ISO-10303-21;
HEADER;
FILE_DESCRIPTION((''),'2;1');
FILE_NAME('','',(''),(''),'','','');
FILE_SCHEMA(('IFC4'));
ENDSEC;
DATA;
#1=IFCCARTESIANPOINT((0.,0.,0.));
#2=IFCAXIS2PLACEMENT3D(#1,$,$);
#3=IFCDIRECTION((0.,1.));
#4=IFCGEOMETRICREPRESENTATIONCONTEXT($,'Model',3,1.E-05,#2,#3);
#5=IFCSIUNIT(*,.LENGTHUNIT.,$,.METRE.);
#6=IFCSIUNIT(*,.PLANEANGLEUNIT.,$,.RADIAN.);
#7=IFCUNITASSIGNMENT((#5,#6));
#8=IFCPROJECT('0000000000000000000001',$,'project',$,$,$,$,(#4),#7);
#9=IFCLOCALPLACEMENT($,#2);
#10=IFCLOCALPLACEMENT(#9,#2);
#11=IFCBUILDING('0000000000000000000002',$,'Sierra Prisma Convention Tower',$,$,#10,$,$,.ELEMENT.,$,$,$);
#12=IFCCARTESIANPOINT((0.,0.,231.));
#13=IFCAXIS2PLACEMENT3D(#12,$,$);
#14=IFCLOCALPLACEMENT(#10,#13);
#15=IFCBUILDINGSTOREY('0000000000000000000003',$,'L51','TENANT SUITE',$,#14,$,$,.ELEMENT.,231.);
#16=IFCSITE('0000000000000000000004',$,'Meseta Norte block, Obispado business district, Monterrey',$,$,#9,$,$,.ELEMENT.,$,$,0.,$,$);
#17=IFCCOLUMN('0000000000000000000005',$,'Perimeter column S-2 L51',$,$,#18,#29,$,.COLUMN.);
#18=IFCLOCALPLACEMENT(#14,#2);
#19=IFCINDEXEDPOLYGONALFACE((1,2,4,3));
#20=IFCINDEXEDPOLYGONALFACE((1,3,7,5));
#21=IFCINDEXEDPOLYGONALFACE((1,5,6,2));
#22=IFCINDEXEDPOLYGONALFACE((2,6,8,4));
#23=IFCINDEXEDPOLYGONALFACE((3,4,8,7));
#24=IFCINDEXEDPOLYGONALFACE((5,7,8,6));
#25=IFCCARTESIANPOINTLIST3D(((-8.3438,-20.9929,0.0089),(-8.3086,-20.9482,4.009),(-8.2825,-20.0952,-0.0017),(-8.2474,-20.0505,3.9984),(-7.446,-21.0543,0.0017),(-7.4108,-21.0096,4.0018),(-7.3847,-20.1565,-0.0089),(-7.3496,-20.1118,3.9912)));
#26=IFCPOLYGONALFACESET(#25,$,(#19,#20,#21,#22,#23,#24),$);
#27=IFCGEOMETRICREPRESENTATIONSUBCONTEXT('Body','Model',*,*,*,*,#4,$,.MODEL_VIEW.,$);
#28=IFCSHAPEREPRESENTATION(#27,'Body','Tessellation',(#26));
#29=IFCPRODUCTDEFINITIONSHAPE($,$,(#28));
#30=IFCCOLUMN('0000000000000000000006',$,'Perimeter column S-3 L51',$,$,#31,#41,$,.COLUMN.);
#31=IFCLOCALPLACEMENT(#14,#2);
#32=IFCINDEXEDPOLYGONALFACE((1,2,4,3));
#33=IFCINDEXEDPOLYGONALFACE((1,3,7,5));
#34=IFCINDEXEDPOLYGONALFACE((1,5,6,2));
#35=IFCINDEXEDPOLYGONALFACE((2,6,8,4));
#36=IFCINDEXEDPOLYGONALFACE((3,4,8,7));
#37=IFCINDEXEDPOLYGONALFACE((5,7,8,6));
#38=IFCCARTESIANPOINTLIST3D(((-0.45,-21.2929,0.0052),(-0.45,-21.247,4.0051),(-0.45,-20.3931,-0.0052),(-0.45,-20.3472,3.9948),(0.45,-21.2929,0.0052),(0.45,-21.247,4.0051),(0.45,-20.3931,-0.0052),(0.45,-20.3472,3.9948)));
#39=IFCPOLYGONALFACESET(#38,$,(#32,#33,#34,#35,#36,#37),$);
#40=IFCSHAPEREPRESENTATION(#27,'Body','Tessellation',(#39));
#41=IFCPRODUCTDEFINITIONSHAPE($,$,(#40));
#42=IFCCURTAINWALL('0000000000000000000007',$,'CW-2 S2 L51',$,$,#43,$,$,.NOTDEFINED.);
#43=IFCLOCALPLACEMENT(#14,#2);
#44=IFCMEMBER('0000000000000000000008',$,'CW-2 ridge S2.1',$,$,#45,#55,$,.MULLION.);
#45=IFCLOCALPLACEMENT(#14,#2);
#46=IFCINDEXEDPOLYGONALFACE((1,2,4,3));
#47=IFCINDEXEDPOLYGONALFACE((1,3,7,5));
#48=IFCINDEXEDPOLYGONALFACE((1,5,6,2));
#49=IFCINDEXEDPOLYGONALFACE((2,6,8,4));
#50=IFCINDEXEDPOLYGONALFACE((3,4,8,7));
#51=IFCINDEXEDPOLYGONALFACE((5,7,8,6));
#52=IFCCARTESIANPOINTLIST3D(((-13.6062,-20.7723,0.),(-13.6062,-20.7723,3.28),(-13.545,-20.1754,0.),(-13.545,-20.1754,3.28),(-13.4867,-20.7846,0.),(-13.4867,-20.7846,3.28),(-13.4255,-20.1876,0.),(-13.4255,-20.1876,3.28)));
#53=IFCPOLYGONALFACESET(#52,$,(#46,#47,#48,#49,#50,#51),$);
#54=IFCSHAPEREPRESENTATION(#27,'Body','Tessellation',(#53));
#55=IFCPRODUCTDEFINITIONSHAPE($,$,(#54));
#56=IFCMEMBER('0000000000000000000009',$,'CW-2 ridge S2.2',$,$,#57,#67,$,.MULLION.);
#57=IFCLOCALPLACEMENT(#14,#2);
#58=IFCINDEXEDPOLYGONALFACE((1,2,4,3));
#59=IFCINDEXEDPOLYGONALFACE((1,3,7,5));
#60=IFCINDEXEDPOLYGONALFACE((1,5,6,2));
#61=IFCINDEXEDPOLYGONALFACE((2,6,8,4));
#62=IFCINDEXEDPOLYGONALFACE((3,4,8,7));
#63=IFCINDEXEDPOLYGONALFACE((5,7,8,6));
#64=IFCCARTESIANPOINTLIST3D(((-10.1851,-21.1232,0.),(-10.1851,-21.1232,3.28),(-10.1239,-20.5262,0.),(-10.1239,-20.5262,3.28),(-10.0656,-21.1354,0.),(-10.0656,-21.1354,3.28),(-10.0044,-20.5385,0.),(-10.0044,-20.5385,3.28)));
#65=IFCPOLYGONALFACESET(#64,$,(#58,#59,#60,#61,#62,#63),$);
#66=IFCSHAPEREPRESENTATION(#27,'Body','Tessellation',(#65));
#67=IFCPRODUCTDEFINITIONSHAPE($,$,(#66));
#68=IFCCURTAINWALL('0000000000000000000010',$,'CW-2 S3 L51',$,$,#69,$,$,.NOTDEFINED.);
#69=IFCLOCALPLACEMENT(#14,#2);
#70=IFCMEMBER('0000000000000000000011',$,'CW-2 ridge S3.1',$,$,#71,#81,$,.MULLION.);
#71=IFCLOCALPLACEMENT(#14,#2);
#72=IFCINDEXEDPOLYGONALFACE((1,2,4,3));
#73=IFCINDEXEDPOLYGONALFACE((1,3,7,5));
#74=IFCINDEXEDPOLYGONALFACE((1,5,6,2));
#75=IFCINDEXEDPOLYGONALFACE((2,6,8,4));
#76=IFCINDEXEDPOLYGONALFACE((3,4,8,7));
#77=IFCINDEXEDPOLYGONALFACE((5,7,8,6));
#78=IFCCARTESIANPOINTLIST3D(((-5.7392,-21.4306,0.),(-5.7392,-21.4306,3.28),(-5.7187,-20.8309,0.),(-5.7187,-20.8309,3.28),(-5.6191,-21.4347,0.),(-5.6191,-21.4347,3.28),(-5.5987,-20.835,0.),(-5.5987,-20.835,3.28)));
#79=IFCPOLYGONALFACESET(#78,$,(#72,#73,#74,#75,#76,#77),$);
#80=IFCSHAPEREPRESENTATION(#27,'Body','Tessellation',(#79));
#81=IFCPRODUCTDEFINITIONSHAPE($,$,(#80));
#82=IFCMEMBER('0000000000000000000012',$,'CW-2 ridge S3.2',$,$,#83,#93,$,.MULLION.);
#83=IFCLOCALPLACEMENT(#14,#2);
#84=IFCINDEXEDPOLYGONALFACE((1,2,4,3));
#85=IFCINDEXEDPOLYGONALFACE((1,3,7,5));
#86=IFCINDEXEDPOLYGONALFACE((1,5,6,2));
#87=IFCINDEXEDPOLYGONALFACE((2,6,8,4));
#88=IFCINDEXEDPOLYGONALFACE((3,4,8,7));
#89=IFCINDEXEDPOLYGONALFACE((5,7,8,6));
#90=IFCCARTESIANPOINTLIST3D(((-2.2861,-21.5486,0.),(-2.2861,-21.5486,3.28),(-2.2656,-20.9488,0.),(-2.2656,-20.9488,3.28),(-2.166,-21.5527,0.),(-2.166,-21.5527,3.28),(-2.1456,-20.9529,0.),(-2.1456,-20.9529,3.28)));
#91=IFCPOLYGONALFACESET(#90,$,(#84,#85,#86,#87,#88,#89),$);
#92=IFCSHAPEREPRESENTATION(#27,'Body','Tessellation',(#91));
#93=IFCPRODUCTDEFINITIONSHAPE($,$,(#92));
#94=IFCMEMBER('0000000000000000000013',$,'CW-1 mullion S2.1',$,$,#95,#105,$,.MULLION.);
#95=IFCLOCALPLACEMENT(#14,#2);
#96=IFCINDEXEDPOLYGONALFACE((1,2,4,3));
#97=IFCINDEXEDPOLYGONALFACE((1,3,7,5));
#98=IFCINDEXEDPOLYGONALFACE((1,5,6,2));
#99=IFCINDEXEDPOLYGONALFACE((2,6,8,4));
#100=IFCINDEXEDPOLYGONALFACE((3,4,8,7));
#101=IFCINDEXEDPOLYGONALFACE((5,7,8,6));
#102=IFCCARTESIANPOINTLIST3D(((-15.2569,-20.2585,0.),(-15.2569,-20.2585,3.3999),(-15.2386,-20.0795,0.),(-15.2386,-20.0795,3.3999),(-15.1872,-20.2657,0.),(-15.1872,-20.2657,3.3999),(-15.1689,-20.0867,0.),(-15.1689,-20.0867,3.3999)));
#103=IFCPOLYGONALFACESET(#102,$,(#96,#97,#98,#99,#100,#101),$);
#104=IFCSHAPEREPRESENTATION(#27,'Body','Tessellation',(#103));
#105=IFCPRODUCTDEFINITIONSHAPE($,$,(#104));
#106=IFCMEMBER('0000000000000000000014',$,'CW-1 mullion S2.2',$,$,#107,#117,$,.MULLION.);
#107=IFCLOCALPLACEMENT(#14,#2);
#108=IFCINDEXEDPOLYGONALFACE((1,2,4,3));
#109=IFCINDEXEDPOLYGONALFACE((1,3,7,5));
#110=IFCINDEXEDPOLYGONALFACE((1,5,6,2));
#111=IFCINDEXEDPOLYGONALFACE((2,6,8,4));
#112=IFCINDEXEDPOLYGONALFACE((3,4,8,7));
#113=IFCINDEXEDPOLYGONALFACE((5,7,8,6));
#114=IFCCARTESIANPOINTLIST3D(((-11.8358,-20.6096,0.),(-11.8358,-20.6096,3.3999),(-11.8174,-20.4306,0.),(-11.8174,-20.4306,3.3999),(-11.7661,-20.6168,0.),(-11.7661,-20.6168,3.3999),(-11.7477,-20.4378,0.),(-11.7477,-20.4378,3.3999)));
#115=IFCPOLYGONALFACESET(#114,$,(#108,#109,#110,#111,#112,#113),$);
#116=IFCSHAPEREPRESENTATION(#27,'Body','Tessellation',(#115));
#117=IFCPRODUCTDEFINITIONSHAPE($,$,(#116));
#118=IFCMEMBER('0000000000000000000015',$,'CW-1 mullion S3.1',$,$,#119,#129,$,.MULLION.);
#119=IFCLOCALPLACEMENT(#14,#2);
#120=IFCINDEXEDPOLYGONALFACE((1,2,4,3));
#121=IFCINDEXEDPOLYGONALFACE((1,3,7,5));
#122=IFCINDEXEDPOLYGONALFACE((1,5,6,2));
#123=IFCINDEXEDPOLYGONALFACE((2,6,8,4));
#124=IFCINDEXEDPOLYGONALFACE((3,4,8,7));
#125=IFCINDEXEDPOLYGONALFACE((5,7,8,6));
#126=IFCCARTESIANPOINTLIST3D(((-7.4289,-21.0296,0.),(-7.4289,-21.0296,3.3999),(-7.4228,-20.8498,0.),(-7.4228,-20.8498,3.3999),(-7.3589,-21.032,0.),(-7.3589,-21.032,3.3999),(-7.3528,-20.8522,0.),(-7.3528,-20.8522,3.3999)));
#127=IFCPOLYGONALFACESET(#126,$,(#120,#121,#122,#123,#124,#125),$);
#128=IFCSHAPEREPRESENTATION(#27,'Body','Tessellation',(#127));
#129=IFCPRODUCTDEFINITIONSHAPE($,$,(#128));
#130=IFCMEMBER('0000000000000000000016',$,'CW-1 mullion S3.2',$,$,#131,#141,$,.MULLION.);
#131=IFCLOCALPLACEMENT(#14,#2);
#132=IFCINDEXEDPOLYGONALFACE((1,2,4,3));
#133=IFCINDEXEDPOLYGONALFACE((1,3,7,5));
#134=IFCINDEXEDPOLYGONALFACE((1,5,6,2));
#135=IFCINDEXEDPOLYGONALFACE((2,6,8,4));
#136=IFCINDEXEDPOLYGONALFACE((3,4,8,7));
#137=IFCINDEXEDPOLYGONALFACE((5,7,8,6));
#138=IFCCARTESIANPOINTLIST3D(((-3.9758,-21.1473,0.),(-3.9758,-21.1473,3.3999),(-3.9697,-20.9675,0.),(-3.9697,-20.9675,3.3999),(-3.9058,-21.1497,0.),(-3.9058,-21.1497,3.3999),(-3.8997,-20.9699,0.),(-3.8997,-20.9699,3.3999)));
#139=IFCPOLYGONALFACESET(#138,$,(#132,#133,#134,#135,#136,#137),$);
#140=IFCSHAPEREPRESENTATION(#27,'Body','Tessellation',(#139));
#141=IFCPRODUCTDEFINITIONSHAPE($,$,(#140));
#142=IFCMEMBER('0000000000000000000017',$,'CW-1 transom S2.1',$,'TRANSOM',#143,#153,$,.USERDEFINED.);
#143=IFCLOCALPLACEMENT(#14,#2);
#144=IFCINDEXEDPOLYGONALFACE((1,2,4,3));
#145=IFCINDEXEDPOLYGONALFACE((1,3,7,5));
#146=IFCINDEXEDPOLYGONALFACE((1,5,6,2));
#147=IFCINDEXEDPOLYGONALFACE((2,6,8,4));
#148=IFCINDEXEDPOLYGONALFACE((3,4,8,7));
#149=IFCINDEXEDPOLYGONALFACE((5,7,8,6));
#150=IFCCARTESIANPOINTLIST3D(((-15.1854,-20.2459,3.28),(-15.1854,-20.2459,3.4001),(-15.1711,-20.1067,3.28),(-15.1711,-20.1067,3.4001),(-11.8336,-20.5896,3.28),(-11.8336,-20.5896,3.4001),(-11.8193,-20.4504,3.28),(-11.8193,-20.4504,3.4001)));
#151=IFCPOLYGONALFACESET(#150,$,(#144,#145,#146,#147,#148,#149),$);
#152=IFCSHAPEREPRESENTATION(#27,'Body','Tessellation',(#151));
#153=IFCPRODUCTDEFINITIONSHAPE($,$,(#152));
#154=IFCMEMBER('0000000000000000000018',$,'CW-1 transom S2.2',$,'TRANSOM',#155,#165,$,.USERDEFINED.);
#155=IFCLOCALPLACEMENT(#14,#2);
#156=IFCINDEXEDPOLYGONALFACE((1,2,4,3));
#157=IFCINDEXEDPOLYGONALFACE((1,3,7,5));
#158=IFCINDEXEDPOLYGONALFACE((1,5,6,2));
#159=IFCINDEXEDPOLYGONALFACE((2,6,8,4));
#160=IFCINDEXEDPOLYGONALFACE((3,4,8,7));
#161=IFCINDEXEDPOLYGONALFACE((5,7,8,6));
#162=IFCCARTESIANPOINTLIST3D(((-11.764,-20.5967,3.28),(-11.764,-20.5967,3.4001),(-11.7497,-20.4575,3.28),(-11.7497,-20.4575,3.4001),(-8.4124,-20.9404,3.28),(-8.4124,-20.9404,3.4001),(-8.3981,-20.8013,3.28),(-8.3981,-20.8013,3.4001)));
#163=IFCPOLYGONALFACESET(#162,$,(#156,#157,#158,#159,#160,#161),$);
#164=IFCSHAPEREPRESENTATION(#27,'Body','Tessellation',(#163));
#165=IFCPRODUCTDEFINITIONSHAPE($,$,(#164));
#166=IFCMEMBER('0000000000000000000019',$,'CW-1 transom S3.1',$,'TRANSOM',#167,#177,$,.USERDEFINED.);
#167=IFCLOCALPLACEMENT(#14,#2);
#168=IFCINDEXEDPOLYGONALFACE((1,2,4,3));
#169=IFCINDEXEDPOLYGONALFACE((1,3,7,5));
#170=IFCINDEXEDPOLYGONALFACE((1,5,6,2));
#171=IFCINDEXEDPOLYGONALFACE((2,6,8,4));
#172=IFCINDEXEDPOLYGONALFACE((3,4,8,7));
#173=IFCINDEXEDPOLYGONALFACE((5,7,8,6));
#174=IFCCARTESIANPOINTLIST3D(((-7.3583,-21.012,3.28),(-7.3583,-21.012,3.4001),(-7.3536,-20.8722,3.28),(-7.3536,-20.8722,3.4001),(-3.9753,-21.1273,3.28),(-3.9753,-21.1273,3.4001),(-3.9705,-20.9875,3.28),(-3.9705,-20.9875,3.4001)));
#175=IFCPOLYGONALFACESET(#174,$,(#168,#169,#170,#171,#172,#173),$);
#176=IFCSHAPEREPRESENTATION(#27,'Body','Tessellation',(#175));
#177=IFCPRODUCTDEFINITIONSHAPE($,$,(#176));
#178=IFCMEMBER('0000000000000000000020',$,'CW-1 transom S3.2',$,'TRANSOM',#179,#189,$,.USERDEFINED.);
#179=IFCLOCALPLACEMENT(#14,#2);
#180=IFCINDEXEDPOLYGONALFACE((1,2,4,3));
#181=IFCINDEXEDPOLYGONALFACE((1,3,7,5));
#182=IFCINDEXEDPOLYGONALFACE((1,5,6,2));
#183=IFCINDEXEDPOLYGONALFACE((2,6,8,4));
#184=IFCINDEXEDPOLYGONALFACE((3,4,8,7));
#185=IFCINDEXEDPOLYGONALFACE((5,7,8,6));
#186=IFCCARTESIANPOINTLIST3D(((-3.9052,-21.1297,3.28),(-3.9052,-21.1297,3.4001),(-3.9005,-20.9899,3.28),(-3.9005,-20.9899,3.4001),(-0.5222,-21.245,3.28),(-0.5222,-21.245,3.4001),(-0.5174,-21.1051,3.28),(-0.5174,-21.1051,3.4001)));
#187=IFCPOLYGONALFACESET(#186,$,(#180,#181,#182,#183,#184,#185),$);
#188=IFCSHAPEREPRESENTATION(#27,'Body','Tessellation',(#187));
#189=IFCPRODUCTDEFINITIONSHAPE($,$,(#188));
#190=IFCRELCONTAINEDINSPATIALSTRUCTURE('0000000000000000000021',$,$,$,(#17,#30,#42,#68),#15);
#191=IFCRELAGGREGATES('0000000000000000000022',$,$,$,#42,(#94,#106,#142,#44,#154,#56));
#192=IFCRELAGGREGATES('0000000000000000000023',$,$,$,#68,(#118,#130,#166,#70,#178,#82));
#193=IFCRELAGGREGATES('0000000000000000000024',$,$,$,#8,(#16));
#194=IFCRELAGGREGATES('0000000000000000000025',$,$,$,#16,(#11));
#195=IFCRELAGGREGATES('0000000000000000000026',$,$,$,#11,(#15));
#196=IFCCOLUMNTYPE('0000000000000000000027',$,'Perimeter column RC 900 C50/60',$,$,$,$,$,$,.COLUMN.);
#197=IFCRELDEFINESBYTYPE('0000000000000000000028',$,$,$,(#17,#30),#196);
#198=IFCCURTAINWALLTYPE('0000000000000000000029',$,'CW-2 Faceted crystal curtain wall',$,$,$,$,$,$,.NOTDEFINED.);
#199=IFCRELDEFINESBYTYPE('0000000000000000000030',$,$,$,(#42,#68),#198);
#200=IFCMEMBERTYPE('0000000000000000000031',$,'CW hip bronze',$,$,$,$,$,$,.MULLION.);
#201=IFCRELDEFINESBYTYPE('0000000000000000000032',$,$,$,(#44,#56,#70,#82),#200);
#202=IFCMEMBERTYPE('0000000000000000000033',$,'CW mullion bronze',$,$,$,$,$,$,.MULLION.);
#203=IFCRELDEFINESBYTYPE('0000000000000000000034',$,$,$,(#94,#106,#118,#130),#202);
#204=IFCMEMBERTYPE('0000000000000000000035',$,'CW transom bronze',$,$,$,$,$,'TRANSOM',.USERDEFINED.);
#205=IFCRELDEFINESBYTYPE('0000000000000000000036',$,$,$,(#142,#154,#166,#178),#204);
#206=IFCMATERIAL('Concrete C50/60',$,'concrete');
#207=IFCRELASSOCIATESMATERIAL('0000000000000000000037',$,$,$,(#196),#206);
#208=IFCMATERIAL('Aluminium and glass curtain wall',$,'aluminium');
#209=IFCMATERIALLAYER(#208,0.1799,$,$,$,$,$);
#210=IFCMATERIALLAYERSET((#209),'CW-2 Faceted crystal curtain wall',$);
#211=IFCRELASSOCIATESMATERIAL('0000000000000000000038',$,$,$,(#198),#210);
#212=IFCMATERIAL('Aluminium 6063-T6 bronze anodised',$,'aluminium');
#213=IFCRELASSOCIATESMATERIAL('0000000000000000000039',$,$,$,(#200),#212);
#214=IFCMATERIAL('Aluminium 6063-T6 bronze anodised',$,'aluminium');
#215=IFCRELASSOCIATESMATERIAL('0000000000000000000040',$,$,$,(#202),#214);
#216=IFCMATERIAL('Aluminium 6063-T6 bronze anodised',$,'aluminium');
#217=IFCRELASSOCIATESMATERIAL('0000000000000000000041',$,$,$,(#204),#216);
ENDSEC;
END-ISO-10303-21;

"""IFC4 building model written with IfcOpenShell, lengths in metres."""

from ifc_helpers import new_model, si_unit, direction, frame, origin, origin_2d, place, context, subcontext, project, spatial, rectangle, extrude, material, layer, layer_set, material_profile, profile_set, type_object, element, aggregate, save


model = new_model("IFC4")

# Units and contexts
model_context = context("Model", 3, precision=1e-05, world=origin(), true_north=direction((0.0, 1.0)))
body_context = subcontext(model_context, "Body", "Model", "MODEL_VIEW")
ifc_project = project(units=[si_unit("LENGTHUNIT", "METRE"), si_unit("PLANEANGLEUNIT", "RADIAN")], contexts=[model_context])

# Site, building, storey
site_placement = place(None, origin())
site = spatial("IfcSite", under=ifc_project, at=site_placement, Name="Meseta Norte block, Obispado business district, Monterrey", CompositionType="ELEMENT", RefElevation=0.0)
building_placement = place(site_placement, origin())
building = spatial("IfcBuilding", under=site, at=building_placement, Name="Sierra Prisma Convention Tower", CompositionType="ELEMENT")
storey_placement = place(building_placement, frame((0.0, 0.0, 231.0)))
storey = spatial("IfcBuildingStorey", under=building, at=storey_placement, Name="L51", Description="TENANT SUITE", CompositionType="ELEMENT", Elevation=231.0)

# Columns
ifc_material_1 = material(Name="Concrete C50/60", Category="concrete")
ifc_material_profile_1 = material_profile(ifc_material_1, rectangle(XDim=0.8999, YDim=0.8999, at=origin_2d()), Name="Perimeter column RC 900 C50/60")
ifc_profile_set_1 = profile_set([ifc_material_profile_1], Name="Concrete C50/60")
column_type = type_object("IfcColumnType", Name="Perimeter column RC 900 C50/60", PredefinedType="COLUMN", material=ifc_profile_set_1)
column_1_placement = place(storey_placement, frame((-7.8643, -20.5747, 0.0), z_axis=(0.008788, 0.011168, 0.999899), x_axis=(-0.997641, 0.068186, 0.008007)))
element("IfcColumn", 1, at=column_1_placement, inside=storey, type_object=column_type, Name="Perimeter column S-2 L51", PredefinedType="COLUMN", context=body_context, shape_type="SweptSolid", body=[
    extrude(rectangle(XDim=0.8999, YDim=0.8999, at=origin_2d()), origin(), (0.0, 0.0, 1.0), 4.0005),
])
column_2_placement = place(storey_placement, frame((0.0, -20.843, 0.0), z_axis=(0.0, 0.011474, 0.999934), x_axis=(1.0, 0.0, 0.0)))
element("IfcColumn", 2, at=column_2_placement, inside=storey, type_object=column_type, Name="Perimeter column S-3 L51", PredefinedType="COLUMN", context=body_context, shape_type="SweptSolid", body=[
    extrude(rectangle(XDim=0.8999, YDim=0.8999, at=origin_2d()), origin(), (0.0, 0.0, 1.0), 4.0002),
])

# Curtain walls, members
ifc_material_2 = material(Name="Aluminium and glass curtain wall", Category="aluminium")
ifc_layer_1 = layer(ifc_material_2, 0.1799)
ifc_layer_set_1 = layer_set([ifc_layer_1], Name="CW-2 Faceted crystal curtain wall")
curtain_wall_type = type_object("IfcCurtainWallType", Name="CW-2 Faceted crystal curtain wall", PredefinedType="NOTDEFINED", material=ifc_layer_set_1)
curtain_wall_1_placement = place(storey_placement, origin())
curtain_wall_1 = element("IfcCurtainWall", 3, at=curtain_wall_1_placement, inside=storey, type_object=curtain_wall_type, Name="CW-2 S2 L51", PredefinedType="NOTDEFINED")
ifc_material_3 = material(Name="Aluminium 6063-T6 bronze anodised", Category="aluminium")
ifc_material_profile_2 = material_profile(ifc_material_3, rectangle(XDim=0.1201, YDim=0.6001, at=origin_2d()), Name="ALU RIDGE BLADE 120x600")
ifc_profile_set_2 = profile_set([ifc_material_profile_2], Name="Aluminium 6063-T6 bronze anodised")
member_type_1 = type_object("IfcMemberType", Name="CW hip bronze", PredefinedType="MULLION", material=ifc_profile_set_2)
member_1_placement = place(storey_placement, frame((-13.5159, -20.48, 0.0), z_axis=(0.0, 0.0, 1.0), x_axis=(0.994781, -0.102038, 0.0)))
member_1 = element("IfcMember", 4, at=member_1_placement, type_object=member_type_1, Name="CW-2 ridge S2.1", PredefinedType="MULLION", context=body_context, shape_type="SweptSolid", body=[
    extrude(rectangle(XDim=0.1201, YDim=0.6001, at=origin_2d()), origin(), (0.0, 0.0, 1.0), 3.28),
])
member_2_placement = place(storey_placement, frame((-10.0947, -20.8308, 0.0), z_axis=(0.0, 0.0, 1.0), x_axis=(0.994781, -0.102038, 0.0)))
member_2 = element("IfcMember", 5, at=member_2_placement, type_object=member_type_1, Name="CW-2 ridge S2.2", PredefinedType="MULLION", context=body_context, shape_type="SweptSolid", body=[
    extrude(rectangle(XDim=0.1201, YDim=0.6001, at=origin_2d()), origin(), (0.0, 0.0, 1.0), 3.28),
])
curtain_wall_2_placement = place(storey_placement, origin())
curtain_wall_2 = element("IfcCurtainWall", 6, at=curtain_wall_2_placement, inside=storey, type_object=curtain_wall_type, Name="CW-2 S3 L51", PredefinedType="NOTDEFINED")
member_3_placement = place(storey_placement, frame((-5.6689, -21.1328, 0.0), z_axis=(0.0, 0.0, 1.0), x_axis=(0.99942, -0.034065, 0.0)))
member_3 = element("IfcMember", 7, at=member_3_placement, type_object=member_type_1, Name="CW-2 ridge S3.1", PredefinedType="MULLION", context=body_context, shape_type="SweptSolid", body=[
    extrude(rectangle(XDim=0.1201, YDim=0.6001, at=origin_2d()), origin(), (0.0, 0.0, 1.0), 3.28),
])
member_4_placement = place(storey_placement, frame((-2.2158, -21.2507, 0.0), z_axis=(0.0, 0.0, 1.0), x_axis=(0.99942, -0.034065, 0.0)))
member_4 = element("IfcMember", 8, at=member_4_placement, type_object=member_type_1, Name="CW-2 ridge S3.2", PredefinedType="MULLION", context=body_context, shape_type="SweptSolid", body=[
    extrude(rectangle(XDim=0.1201, YDim=0.6001, at=origin_2d()), origin(), (0.0, 0.0, 1.0), 3.28),
])

# Members
ifc_material_4 = material(Name="Aluminium 6063-T6 bronze anodised", Category="aluminium")
ifc_material_profile_3 = material_profile(ifc_material_4, rectangle(XDim=0.1799, YDim=0.0701, at=origin_2d()), Name="ALU MULLION 70x180")
ifc_profile_set_3 = profile_set([ifc_material_profile_3], Name="Aluminium 6063-T6 bronze anodised")
member_type_2 = type_object("IfcMemberType", Name="CW mullion bronze", PredefinedType="MULLION", material=ifc_profile_set_3)
member_5_placement = place(storey_placement, frame((-15.2129, -20.1726, 0.0), z_axis=(0.0, 0.0, 1.0), x_axis=(0.102038, 0.994781, 0.0)))
member_5 = element("IfcMember", 9, at=member_5_placement, type_object=member_type_2, Name="CW-1 mullion S2.1", PredefinedType="MULLION", context=body_context, shape_type="SweptSolid", body=[
    extrude(rectangle(XDim=0.1799, YDim=0.0701, at=origin_2d()), origin(), (0.0, 0.0, 1.0), 3.3999),
])
member_6_placement = place(storey_placement, frame((-11.7917, -20.5237, 0.0), z_axis=(0.0, 0.0, 1.0), x_axis=(0.102038, 0.994781, 0.0)))
member_6 = element("IfcMember", 10, at=member_6_placement, type_object=member_type_2, Name="CW-1 mullion S2.2", PredefinedType="MULLION", context=body_context, shape_type="SweptSolid", body=[
    extrude(rectangle(XDim=0.1799, YDim=0.0701, at=origin_2d()), origin(), (0.0, 0.0, 1.0), 3.3999),
])
member_7_placement = place(storey_placement, frame((-7.3909, -20.9409, 0.0), z_axis=(0.0, 0.0, 1.0), x_axis=(0.034065, 0.99942, 0.0)))
member_7 = element("IfcMember", 11, at=member_7_placement, type_object=member_type_2, Name="CW-1 mullion S3.1", PredefinedType="MULLION", context=body_context, shape_type="SweptSolid", body=[
    extrude(rectangle(XDim=0.1799, YDim=0.0701, at=origin_2d()), origin(), (0.0, 0.0, 1.0), 3.3999),
])
member_8_placement = place(storey_placement, frame((-3.9377, -21.0586, 0.0), z_axis=(0.0, 0.0, 1.0), x_axis=(0.034065, 0.99942, 0.0)))
member_8 = element("IfcMember", 12, at=member_8_placement, type_object=member_type_2, Name="CW-1 mullion S3.2", PredefinedType="MULLION", context=body_context, shape_type="SweptSolid", body=[
    extrude(rectangle(XDim=0.1799, YDim=0.0701, at=origin_2d()), origin(), (0.0, 0.0, 1.0), 3.3999),
])
ifc_material_5 = material(Name="Aluminium 6063-T6 bronze anodised", Category="aluminium")
ifc_material_profile_4 = material_profile(ifc_material_5, rectangle(XDim=0.1399, YDim=0.1201, at=origin_2d()), Name="ALU TRANSOM 120x140")
ifc_profile_set_4 = profile_set([ifc_material_profile_4], Name="Aluminium 6063-T6 bronze anodised")
member_type_3 = type_object("IfcMemberType", Name="CW transom bronze", ElementType="TRANSOM", PredefinedType="USERDEFINED", material=ifc_profile_set_4)
member_9_placement = place(storey_placement, frame((-15.1782, -20.1763, 3.3401), z_axis=(0.994782, -0.102022, 0.0), x_axis=(0.102022, 0.994782, 0.0)))
member_9 = element("IfcMember", 13, at=member_9_placement, type_object=member_type_3, Name="CW-1 transom S2.1", ObjectType="TRANSOM", PredefinedType="USERDEFINED", context=body_context, shape_type="SweptSolid", body=[
    extrude(rectangle(XDim=0.1399, YDim=0.1201, at=origin_2d()), origin(), (0.0, 0.0, 1.0), 3.3694),
])
member_10_placement = place(storey_placement, frame((-11.7568, -20.5271, 3.3401), z_axis=(0.994781, -0.102029, 0.0), x_axis=(0.102029, 0.994781, 0.0)))
member_10 = element("IfcMember", 14, at=member_10_placement, type_object=member_type_3, Name="CW-1 transom S2.2", ObjectType="TRANSOM", PredefinedType="USERDEFINED", context=body_context, shape_type="SweptSolid", body=[
    extrude(rectangle(XDim=0.1399, YDim=0.1201, at=origin_2d()), origin(), (0.0, 0.0, 1.0), 3.3691),
])
member_11_placement = place(storey_placement, frame((-7.356, -20.9421, 3.3401), z_axis=(0.99942, -0.034042, 0.0), x_axis=(0.034042, 0.99942, 0.0)))
member_11 = element("IfcMember", 15, at=member_11_placement, type_object=member_type_3, Name="CW-1 transom S3.1", ObjectType="TRANSOM", PredefinedType="USERDEFINED", context=body_context, shape_type="SweptSolid", body=[
    extrude(rectangle(XDim=0.1399, YDim=0.1201, at=origin_2d()), origin(), (0.0, 0.0, 1.0), 3.385),
])
member_12_placement = place(storey_placement, frame((-3.9028, -21.0598, 3.3401), z_axis=(0.99942, -0.034042, 0.0), x_axis=(0.034042, 0.99942, 0.0)))
member_12 = element("IfcMember", 16, at=member_12_placement, type_object=member_type_3, Name="CW-1 transom S3.2", ObjectType="TRANSOM", PredefinedType="USERDEFINED", context=body_context, shape_type="SweptSolid", body=[
    extrude(rectangle(XDim=0.1399, YDim=0.1201, at=origin_2d()), origin(), (0.0, 0.0, 1.0), 3.385),
])

aggregate(curtain_wall_1, [member_5, member_6, member_9, member_1, member_10, member_2])
aggregate(curtain_wall_2, [member_7, member_8, member_11, member_3, member_12, member_4])

save(model, "model.ifc")
